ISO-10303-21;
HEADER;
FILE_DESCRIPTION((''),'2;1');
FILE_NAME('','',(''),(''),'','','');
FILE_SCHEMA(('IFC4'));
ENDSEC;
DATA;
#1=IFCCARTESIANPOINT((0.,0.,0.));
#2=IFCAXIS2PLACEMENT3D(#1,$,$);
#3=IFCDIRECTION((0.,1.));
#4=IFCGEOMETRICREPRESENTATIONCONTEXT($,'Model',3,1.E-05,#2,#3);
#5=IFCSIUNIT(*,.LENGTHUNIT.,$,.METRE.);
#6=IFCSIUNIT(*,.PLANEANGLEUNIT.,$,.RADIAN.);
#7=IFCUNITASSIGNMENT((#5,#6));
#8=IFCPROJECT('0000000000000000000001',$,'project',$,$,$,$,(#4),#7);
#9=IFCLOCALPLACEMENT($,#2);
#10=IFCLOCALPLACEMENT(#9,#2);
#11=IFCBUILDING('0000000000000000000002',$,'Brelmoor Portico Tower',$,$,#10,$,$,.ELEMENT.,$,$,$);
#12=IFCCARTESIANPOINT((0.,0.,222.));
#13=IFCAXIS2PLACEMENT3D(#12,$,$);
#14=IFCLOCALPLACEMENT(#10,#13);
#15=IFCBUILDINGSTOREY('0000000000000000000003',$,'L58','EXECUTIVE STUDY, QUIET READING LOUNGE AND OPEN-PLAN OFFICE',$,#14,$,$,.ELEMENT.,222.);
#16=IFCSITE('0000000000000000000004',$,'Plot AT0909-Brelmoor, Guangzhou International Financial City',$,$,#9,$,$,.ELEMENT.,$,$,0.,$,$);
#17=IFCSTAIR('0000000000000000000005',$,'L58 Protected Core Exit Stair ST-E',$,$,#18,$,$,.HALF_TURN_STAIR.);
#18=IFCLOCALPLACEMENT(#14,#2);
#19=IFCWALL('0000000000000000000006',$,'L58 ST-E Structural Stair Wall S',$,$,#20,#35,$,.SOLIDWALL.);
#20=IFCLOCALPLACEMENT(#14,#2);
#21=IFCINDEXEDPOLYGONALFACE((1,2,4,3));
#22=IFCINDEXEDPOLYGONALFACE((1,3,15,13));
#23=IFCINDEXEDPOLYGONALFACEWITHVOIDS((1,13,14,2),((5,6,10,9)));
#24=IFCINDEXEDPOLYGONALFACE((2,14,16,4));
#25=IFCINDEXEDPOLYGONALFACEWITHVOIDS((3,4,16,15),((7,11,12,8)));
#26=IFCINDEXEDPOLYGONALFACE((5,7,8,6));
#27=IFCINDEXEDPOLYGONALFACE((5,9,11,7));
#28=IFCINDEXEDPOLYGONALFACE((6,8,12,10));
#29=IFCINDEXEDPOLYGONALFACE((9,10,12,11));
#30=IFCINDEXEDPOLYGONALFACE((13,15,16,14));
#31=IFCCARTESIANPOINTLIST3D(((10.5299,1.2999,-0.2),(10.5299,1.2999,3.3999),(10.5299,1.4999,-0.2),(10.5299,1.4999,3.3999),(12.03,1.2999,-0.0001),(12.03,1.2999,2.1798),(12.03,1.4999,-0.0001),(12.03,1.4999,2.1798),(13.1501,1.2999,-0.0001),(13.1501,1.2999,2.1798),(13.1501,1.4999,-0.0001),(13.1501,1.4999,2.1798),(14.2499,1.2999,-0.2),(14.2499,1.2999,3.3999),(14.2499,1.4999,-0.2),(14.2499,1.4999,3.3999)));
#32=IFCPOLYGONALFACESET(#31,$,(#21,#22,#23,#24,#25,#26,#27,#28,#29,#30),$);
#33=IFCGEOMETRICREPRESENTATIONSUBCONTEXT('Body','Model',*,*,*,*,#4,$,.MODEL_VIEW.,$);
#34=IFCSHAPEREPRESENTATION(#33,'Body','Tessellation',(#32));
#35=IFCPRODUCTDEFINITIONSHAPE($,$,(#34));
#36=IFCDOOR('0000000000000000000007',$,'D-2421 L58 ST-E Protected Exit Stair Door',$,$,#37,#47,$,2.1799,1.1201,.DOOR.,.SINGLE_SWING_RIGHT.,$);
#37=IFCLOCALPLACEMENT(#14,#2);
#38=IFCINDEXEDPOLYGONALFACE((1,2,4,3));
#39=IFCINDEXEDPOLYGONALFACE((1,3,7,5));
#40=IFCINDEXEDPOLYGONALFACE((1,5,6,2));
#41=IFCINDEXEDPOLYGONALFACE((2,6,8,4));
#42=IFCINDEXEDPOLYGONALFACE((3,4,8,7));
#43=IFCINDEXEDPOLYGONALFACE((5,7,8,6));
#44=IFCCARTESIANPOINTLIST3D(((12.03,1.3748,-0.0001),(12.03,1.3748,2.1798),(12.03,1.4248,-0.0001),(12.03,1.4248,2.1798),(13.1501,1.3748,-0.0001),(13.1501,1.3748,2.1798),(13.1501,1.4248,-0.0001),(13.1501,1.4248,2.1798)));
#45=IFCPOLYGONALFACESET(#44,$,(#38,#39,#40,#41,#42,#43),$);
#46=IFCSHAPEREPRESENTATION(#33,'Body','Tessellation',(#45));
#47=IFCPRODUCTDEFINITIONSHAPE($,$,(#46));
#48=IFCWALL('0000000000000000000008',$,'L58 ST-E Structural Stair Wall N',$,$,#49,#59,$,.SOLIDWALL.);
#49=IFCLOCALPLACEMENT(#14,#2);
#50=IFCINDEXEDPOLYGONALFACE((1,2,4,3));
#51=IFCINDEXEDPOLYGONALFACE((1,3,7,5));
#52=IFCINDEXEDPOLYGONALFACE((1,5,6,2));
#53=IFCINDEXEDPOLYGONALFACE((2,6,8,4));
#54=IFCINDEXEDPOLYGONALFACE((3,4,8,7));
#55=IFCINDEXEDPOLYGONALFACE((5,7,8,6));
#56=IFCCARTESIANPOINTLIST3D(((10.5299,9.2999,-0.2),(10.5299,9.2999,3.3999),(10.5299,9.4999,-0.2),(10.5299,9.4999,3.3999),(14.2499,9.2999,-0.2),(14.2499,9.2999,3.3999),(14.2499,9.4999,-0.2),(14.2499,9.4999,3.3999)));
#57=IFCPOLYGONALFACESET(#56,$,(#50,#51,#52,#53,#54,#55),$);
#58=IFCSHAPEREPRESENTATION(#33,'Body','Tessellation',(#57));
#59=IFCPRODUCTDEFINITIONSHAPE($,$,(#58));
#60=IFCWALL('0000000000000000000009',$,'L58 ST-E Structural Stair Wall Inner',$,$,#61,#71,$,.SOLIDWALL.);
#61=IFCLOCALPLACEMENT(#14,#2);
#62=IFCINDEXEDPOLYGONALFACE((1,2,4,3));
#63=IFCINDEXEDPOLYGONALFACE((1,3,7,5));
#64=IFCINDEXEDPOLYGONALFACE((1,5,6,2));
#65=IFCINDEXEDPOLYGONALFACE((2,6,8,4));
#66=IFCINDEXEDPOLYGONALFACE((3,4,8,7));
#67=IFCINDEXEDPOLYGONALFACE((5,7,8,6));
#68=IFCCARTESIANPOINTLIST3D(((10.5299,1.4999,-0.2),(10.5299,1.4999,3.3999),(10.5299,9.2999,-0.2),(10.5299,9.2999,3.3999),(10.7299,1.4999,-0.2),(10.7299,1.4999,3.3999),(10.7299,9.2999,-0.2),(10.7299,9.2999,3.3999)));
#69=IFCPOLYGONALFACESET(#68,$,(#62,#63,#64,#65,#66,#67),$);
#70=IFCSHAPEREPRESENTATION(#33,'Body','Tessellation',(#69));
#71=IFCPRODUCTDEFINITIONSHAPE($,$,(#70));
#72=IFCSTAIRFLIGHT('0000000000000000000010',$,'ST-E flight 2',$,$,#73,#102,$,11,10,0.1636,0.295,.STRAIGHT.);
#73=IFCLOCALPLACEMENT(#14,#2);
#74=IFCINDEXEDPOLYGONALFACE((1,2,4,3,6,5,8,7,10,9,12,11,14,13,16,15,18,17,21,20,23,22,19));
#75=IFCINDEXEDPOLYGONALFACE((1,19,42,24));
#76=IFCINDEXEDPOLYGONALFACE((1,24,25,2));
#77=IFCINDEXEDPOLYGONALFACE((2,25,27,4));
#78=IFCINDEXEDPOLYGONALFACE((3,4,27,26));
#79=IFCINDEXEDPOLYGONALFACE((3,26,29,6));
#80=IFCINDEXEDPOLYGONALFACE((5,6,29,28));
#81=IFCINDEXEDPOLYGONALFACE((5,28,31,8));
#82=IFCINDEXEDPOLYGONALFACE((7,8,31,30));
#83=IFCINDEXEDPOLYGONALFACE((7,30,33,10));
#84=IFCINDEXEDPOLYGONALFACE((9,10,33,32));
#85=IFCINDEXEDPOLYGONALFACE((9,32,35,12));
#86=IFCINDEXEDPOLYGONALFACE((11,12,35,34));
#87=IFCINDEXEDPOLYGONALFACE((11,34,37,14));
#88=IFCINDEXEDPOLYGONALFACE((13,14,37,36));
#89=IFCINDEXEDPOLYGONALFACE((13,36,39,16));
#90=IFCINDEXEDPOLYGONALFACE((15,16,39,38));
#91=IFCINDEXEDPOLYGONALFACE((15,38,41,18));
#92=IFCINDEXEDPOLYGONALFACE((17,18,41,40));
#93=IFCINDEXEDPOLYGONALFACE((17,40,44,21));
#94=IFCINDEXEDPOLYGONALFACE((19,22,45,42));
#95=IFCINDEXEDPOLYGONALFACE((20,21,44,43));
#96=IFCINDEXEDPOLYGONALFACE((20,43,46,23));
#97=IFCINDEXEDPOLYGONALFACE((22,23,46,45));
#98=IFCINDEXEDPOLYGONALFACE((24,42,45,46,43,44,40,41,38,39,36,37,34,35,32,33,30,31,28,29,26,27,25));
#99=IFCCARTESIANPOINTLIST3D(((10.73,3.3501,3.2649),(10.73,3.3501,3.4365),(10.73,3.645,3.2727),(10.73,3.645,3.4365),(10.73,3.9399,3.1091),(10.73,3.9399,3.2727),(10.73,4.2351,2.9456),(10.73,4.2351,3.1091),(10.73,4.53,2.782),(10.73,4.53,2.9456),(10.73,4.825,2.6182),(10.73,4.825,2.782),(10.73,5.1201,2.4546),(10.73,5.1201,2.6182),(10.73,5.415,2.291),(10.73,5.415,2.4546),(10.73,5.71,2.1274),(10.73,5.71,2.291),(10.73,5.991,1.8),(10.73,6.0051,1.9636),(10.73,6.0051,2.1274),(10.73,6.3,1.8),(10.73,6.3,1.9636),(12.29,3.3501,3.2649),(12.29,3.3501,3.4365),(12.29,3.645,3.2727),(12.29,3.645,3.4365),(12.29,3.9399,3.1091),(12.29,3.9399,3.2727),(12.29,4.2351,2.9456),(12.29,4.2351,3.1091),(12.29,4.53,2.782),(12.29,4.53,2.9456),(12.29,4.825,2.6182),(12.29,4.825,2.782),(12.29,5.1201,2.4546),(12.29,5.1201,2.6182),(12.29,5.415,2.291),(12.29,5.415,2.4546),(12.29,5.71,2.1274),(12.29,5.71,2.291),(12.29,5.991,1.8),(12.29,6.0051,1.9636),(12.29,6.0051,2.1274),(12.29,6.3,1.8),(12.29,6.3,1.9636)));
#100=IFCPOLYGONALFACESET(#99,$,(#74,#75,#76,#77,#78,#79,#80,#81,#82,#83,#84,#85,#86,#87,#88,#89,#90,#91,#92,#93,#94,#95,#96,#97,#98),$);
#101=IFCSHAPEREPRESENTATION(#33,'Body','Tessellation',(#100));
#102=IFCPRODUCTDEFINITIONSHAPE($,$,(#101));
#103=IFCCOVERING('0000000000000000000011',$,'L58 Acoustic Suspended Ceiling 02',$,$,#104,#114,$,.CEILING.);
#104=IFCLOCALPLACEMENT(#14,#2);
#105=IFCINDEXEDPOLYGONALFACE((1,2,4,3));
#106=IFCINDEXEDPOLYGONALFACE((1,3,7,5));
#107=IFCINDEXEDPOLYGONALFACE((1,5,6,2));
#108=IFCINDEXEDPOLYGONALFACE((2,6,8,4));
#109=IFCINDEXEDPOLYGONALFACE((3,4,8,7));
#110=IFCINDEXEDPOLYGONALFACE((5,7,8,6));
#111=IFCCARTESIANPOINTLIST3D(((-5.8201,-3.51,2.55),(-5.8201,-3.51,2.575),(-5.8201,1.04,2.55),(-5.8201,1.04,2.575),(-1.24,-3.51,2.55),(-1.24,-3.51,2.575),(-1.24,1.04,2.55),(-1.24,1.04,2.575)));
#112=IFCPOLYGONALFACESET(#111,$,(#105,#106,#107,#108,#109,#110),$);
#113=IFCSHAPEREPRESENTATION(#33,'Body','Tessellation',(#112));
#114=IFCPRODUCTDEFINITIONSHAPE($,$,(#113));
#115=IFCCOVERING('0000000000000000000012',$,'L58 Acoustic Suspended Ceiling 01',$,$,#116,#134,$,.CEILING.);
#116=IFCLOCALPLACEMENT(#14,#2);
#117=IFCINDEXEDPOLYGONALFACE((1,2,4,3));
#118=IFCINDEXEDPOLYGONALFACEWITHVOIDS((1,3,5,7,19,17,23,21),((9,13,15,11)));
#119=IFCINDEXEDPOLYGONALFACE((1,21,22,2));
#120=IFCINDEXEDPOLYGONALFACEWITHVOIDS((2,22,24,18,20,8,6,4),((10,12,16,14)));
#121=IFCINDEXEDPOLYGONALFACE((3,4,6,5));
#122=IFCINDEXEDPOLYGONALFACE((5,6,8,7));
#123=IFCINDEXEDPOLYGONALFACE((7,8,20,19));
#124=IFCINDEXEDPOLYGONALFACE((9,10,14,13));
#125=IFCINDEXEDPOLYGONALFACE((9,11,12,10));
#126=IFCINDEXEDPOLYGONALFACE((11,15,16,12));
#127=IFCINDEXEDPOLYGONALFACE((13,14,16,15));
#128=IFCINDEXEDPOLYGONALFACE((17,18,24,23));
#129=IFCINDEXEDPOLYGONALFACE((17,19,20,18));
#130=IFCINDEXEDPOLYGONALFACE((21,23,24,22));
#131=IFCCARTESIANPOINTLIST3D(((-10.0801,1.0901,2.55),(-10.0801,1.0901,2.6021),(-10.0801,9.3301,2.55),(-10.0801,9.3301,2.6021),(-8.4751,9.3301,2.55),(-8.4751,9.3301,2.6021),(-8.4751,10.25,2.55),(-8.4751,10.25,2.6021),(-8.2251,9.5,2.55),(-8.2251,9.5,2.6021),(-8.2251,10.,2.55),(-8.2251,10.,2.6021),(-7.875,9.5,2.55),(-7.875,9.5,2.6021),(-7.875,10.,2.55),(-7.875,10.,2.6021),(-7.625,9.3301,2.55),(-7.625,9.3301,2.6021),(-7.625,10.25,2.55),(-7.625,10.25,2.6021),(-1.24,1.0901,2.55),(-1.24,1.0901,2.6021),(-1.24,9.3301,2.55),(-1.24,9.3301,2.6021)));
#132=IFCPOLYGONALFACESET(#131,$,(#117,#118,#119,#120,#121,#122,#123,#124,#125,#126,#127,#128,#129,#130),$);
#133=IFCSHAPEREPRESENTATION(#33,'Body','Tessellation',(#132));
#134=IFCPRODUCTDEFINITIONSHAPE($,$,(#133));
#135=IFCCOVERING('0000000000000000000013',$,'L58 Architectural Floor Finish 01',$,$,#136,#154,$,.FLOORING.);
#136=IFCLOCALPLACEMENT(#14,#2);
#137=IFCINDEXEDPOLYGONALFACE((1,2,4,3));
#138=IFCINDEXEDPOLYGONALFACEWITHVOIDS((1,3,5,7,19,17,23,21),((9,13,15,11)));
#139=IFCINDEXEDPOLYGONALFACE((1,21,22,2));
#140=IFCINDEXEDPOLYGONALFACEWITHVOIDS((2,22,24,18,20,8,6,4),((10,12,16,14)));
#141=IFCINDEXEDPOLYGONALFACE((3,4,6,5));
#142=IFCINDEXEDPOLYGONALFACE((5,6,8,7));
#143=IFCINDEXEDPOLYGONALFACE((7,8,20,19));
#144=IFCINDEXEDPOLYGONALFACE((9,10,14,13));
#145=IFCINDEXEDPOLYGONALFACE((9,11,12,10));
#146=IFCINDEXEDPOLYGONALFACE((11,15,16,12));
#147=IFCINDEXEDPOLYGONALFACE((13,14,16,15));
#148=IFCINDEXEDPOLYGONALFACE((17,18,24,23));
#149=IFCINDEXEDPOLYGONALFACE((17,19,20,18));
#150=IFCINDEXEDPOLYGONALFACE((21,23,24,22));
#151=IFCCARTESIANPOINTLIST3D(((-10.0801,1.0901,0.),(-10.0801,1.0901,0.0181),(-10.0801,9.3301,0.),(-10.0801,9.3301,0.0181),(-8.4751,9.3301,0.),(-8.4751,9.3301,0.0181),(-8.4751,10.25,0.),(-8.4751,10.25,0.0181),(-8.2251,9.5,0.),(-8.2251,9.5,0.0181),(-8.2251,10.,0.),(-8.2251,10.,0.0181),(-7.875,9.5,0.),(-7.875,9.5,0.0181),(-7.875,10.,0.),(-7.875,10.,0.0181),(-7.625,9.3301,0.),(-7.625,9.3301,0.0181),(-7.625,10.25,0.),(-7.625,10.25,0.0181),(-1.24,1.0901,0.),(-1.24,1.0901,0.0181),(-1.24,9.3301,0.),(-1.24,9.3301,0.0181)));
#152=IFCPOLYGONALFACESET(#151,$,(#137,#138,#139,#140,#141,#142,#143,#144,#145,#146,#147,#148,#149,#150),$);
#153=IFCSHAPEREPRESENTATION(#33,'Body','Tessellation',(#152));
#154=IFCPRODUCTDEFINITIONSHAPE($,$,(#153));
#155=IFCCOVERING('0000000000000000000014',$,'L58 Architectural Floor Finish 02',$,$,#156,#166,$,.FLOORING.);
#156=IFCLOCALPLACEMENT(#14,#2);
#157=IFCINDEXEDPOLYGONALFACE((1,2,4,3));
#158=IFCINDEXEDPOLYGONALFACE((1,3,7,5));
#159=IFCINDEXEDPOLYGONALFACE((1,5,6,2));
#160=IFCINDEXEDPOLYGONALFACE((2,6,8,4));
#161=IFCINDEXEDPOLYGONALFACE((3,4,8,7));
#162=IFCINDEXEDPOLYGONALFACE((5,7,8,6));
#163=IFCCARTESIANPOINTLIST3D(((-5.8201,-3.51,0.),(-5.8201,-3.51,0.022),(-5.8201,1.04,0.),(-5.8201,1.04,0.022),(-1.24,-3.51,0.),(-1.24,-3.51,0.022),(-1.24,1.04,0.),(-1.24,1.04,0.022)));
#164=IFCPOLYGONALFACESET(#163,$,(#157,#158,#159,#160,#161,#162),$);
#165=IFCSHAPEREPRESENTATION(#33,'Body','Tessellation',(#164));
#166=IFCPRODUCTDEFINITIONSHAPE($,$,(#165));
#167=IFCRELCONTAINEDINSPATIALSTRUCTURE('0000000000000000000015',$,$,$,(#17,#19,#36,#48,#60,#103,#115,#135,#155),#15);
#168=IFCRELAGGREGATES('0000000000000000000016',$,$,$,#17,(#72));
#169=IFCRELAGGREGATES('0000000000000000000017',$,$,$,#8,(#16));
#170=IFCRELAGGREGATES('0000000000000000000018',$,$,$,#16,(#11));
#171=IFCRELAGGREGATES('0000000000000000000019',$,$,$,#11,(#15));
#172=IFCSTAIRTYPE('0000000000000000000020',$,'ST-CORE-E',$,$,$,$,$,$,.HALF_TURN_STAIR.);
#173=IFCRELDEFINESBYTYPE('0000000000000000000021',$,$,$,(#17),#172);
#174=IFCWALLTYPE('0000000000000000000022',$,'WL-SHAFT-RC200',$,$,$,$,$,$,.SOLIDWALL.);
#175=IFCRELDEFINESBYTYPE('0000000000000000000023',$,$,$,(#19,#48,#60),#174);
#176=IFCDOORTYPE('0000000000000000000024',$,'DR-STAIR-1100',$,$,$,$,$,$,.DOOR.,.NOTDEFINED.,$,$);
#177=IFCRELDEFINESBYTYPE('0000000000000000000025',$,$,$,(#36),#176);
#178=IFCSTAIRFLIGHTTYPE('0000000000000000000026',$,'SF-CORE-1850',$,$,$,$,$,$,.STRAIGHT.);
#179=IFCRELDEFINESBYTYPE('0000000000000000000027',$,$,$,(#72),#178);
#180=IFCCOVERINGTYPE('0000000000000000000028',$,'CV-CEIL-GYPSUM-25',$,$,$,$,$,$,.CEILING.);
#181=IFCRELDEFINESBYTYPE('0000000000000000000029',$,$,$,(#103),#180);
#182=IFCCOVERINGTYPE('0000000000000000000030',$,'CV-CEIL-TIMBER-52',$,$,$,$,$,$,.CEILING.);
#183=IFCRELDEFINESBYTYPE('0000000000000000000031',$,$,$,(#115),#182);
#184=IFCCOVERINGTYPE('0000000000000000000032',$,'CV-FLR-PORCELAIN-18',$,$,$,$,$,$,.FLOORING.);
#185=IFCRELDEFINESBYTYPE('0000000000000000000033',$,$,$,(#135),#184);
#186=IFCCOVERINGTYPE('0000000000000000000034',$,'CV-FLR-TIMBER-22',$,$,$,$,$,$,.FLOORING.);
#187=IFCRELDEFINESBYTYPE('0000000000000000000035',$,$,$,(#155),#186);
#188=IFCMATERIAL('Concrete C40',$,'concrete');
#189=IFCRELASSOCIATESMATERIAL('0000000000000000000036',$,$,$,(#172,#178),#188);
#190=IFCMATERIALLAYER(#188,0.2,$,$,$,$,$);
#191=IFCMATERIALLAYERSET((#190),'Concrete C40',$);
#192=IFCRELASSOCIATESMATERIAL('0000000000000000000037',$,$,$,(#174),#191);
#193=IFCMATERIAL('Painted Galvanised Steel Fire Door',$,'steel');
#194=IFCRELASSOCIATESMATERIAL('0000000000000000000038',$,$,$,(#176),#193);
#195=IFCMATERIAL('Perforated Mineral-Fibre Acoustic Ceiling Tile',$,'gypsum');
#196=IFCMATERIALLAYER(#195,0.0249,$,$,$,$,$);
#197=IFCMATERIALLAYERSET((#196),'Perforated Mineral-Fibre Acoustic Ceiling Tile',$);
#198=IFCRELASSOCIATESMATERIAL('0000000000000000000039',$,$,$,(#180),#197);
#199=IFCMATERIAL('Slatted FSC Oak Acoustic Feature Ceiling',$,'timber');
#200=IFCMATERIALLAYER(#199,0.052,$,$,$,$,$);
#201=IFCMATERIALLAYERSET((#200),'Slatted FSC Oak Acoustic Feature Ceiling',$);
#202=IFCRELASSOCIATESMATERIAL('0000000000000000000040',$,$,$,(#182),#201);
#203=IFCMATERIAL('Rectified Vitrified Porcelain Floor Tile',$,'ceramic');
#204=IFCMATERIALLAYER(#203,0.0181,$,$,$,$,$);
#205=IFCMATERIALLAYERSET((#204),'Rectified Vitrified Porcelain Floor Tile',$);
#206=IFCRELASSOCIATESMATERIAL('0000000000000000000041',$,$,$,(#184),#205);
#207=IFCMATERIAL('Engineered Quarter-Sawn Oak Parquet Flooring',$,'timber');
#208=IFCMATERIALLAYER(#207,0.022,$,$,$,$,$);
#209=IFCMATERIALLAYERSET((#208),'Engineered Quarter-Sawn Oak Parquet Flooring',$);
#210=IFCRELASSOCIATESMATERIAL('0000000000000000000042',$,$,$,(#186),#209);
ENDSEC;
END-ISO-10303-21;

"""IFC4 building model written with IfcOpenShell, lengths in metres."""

from ifc_helpers import new_model, si_unit, direction, frame, frame_2d, origin, place, context, subcontext, project, spatial, polyline, rectangle, outline, extrude, material, layer, layer_set, type_object, element, fill, aggregate, save


model = new_model("IFC4")

# Units and contexts
model_context = context("Model", 3, precision=1e-05, world=origin(), true_north=direction((0.0, 1.0)))
body_context = subcontext(model_context, "Body", "Model", "MODEL_VIEW")
ifc_project = project(units=[si_unit("LENGTHUNIT", "METRE"), si_unit("PLANEANGLEUNIT", "RADIAN")], contexts=[model_context])

# Site, building, storey
site_placement = place(None, origin())
site = spatial("IfcSite", under=ifc_project, at=site_placement, Name="Plot AT0909-Brelmoor, Guangzhou International Financial City", CompositionType="ELEMENT", RefElevation=0.0)
building_placement = place(site_placement, origin())
building = spatial("IfcBuilding", under=site, at=building_placement, Name="Brelmoor Portico Tower", CompositionType="ELEMENT")
storey_placement = place(building_placement, frame((0.0, 0.0, 222.0)))
storey = spatial("IfcBuildingStorey", under=building, at=storey_placement, Name="L58", Description="EXECUTIVE STUDY, QUIET READING LOUNGE AND OPEN-PLAN OFFICE", CompositionType="ELEMENT", Elevation=222.0)

# Stair
ifc_material_1 = material(Name="Concrete C40", Category="concrete")
stair_type = type_object("IfcStairType", Name="ST-CORE-E", PredefinedType="HALF_TURN_STAIR", material=ifc_material_1)
stair_placement = place(storey_placement, origin())
stair = element("IfcStair", 1, at=stair_placement, inside=storey, type_object=stair_type, Name="L58 Protected Core Exit Stair ST-E", PredefinedType="HALF_TURN_STAIR")

# Wall, opening, door
ifc_layer_1 = layer(ifc_material_1, 0.2)
ifc_layer_set_1 = layer_set([ifc_layer_1], Name="Concrete C40")
wall_type_1 = type_object("IfcWallType", Name="WL-SHAFT-RC200", PredefinedType="SOLIDWALL", material=ifc_layer_set_1)
wall_1_placement = place(storey_placement, frame((10.53, 1.3999, -0.2), z_axis=(0.0, 0.0, 1.0), x_axis=(1.0, 0.0, 0.0)))
wall_1 = element("IfcWall", 2, at=wall_1_placement, inside=storey, type_object=wall_type_1, Name="L58 ST-E Structural Stair Wall S", PredefinedType="SOLIDWALL", context=body_context, shape_type="SweptSolid", body=[
    extrude(rectangle(XDim=3.72, YDim=0.2, at=frame_2d((1.8599, 0.0))), origin(), (0.0, 0.0, 1.0), 3.5999),
])
opening_1_placement = place(wall_1_placement, frame((1.5, 0.0, 0.2)))
opening_1 = element("IfcOpeningElement", 3, at=opening_1_placement, cuts=wall_1, PredefinedType="OPENING", context=body_context, shape_type="SweptSolid", body=[
    extrude(rectangle(XDim=1.1201, YDim=2.1799, at=frame_2d((0.5601, 1.0898))), frame((0.0, 0.1099, 0.0), z_axis=(0.0, -1.0, 0.0), x_axis=(1.0, 0.0, 0.0)), (0.0, 0.0, 1.0), 0.22),
])
ifc_material_2 = material(Name="Painted Galvanised Steel Fire Door", Category="steel")
door_type_1 = type_object("IfcDoorType", Name="DR-STAIR-1100", OperationType="NOTDEFINED", PredefinedType="DOOR", material=ifc_material_2)
door_1_placement = place(opening_1_placement, origin())
door_1 = element("IfcDoor", 4, at=door_1_placement, inside=storey, type_object=door_type_1, Name="D-2421 L58 ST-E Protected Exit Stair Door", OperationType="SINGLE_SWING_RIGHT", OverallHeight=2.1799, OverallWidth=1.1201, PredefinedType="DOOR", context=body_context, shape_type="SweptSolid", body=[
    extrude(rectangle(XDim=1.1201, YDim=2.1799, at=frame_2d((0.5601, 1.0898))), frame((0.0, 0.0249, 0.0), z_axis=(0.0, -1.0, 0.0), x_axis=(1.0, 0.0, 0.0)), (0.0, 0.0, 1.0), 0.05),
])
fill(opening_1, door_1)

# Walls
wall_2_placement = place(storey_placement, frame((10.53, 9.3999, -0.2), z_axis=(0.0, 0.0, 1.0), x_axis=(1.0, 0.0, 0.0)))
element("IfcWall", 5, at=wall_2_placement, inside=storey, type_object=wall_type_1, Name="L58 ST-E Structural Stair Wall N", PredefinedType="SOLIDWALL", context=body_context, shape_type="SweptSolid", body=[
    extrude(rectangle(XDim=3.72, YDim=0.2, at=frame_2d((1.8599, 0.0))), origin(), (0.0, 0.0, 1.0), 3.5999),
])
wall_3_placement = place(storey_placement, frame((10.6299, 1.5, -0.2), z_axis=(0.0, 0.0, 1.0), x_axis=(0.0, 1.0, 0.0)))
element("IfcWall", 6, at=wall_3_placement, inside=storey, type_object=wall_type_1, Name="L58 ST-E Structural Stair Wall Inner", PredefinedType="SOLIDWALL", context=body_context, shape_type="SweptSolid", body=[
    extrude(rectangle(XDim=7.8, YDim=0.2, at=frame_2d((3.8999, 0.0))), origin(), (0.0, 0.0, 1.0), 3.5999),
])

# Stair flight
stair_flight_type = type_object("IfcStairFlightType", Name="SF-CORE-1850", PredefinedType="STRAIGHT", material=ifc_material_1)
stair_flight_placement = place(storey_placement, frame((11.51, 6.3, 1.8), z_axis=(0.0, 0.0, 1.0), x_axis=(0.0, -1.0, 0.0)))
stair_flight = element("IfcStairFlight", 7, at=stair_flight_placement, type_object=stair_flight_type, Name="ST-E flight 2", NumberOfRisers=11, NumberOfTreads=10, PredefinedType="STRAIGHT", RiserHeight=0.1636, TreadLength=0.295, context=body_context, shape_type="SweptSolid", body=[
    extrude(outline(polyline([(0.0, 0.0), (0.0, 0.1636), (0.2949, 0.1636), (0.2949, 0.3274), (0.5901, 0.3274), (0.5901, 0.491), (0.885, 0.491), (0.885, 0.6545), (1.1799, 0.6545), (1.1799, 0.8181), (1.4751, 0.8181), (1.4751, 0.9819), (1.77, 0.9819), (1.77, 1.1455), (2.0649, 1.1455), (2.0649, 1.3091), (2.3601, 1.3091), (2.3601, 1.4727), (2.655, 1.4727), (2.655, 1.6365), (2.95, 1.6365), (2.95, 1.8), (2.95, 1.4648), (0.3091, 0.0), (0.0, 0.0)])), frame((0.0, 0.78, 0.0), z_axis=(0.0, -1.0, 0.0), x_axis=(1.0, 0.0, 0.0)), (0.0, 0.0, 1.0), 1.5601),
])
aggregate(stair, [stair_flight])

# Coverings
ifc_material_3 = material(Name="Perforated Mineral-Fibre Acoustic Ceiling Tile", Category="gypsum")
ifc_layer_2 = layer(ifc_material_3, 0.0249)
ifc_layer_set_2 = layer_set([ifc_layer_2], Name="Perforated Mineral-Fibre Acoustic Ceiling Tile")
covering_type_1 = type_object("IfcCoveringType", Name="CV-CEIL-GYPSUM-25", PredefinedType="CEILING", material=ifc_layer_set_2)
covering_1_placement = place(storey_placement, frame((0.0, 0.0, 2.55)))
element("IfcCovering", 8, at=covering_1_placement, inside=storey, type_object=covering_type_1, Name="L58 Acoustic Suspended Ceiling 02", PredefinedType="CEILING", context=body_context, shape_type="SweptSolid", body=[
    extrude(outline(polyline([(-5.8201, -3.51), (-5.8201, 1.04), (-1.24, 1.04), (-1.24, -3.51), (-5.8201, -3.51)])), origin(), (0.0, 0.0, 1.0), 0.0249),
])
ifc_material_4 = material(Name="Slatted FSC Oak Acoustic Feature Ceiling", Category="timber")
ifc_layer_3 = layer(ifc_material_4, 0.052)
ifc_layer_set_3 = layer_set([ifc_layer_3], Name="Slatted FSC Oak Acoustic Feature Ceiling")
covering_type_2 = type_object("IfcCoveringType", Name="CV-CEIL-TIMBER-52", PredefinedType="CEILING", material=ifc_layer_set_3)
covering_2_placement = place(storey_placement, frame((0.0, 0.0, 2.55)))
element("IfcCovering", 9, at=covering_2_placement, inside=storey, type_object=covering_type_2, Name="L58 Acoustic Suspended Ceiling 01", PredefinedType="CEILING", context=body_context, shape_type="SweptSolid", body=[
    extrude(outline(polyline([(-10.0801, 9.3301), (-8.4751, 9.3301), (-8.4751, 10.25), (-7.625, 10.25), (-7.625, 9.3301), (-1.24, 9.3301), (-1.24, 1.0901), (-10.0801, 1.0901), (-10.0801, 9.3301)]), holes=[polyline([(-7.875, 9.5), (-7.875, 10.0), (-8.2251, 10.0), (-8.2251, 9.5), (-7.875, 9.5)])]), origin(), (0.0, 0.0, 1.0), 0.052),
])
ifc_material_5 = material(Name="Rectified Vitrified Porcelain Floor Tile", Category="ceramic")
ifc_layer_4 = layer(ifc_material_5, 0.0181)
ifc_layer_set_4 = layer_set([ifc_layer_4], Name="Rectified Vitrified Porcelain Floor Tile")
covering_type_3 = type_object("IfcCoveringType", Name="CV-FLR-PORCELAIN-18", PredefinedType="FLOORING", material=ifc_layer_set_4)
covering_3_placement = place(storey_placement, origin())
element("IfcCovering", 10, at=covering_3_placement, inside=storey, type_object=covering_type_3, Name="L58 Architectural Floor Finish 01", PredefinedType="FLOORING", context=body_context, shape_type="SweptSolid", body=[
    extrude(outline(polyline([(-10.0801, 9.3301), (-8.4751, 9.3301), (-8.4751, 10.25), (-7.625, 10.25), (-7.625, 9.3301), (-1.24, 9.3301), (-1.24, 1.0901), (-10.0801, 1.0901), (-10.0801, 9.3301)]), holes=[polyline([(-7.875, 9.5), (-7.875, 10.0), (-8.2251, 10.0), (-8.2251, 9.5), (-7.875, 9.5)])]), origin(), (0.0, 0.0, 1.0), 0.0181),
])
ifc_material_6 = material(Name="Engineered Quarter-Sawn Oak Parquet Flooring", Category="timber")
ifc_layer_5 = layer(ifc_material_6, 0.022)
ifc_layer_set_5 = layer_set([ifc_layer_5], Name="Engineered Quarter-Sawn Oak Parquet Flooring")
covering_type_4 = type_object("IfcCoveringType", Name="CV-FLR-TIMBER-22", PredefinedType="FLOORING", material=ifc_layer_set_5)
covering_4_placement = place(storey_placement, origin())
element("IfcCovering", 11, at=covering_4_placement, inside=storey, type_object=covering_type_4, Name="L58 Architectural Floor Finish 02", PredefinedType="FLOORING", context=body_context, shape_type="SweptSolid", body=[
    extrude(outline(polyline([(-5.8201, -3.51), (-5.8201, 1.04), (-1.24, 1.04), (-1.24, -3.51), (-5.8201, -3.51)])), origin(), (0.0, 0.0, 1.0), 0.022),
])

save(model, "model.ifc")
